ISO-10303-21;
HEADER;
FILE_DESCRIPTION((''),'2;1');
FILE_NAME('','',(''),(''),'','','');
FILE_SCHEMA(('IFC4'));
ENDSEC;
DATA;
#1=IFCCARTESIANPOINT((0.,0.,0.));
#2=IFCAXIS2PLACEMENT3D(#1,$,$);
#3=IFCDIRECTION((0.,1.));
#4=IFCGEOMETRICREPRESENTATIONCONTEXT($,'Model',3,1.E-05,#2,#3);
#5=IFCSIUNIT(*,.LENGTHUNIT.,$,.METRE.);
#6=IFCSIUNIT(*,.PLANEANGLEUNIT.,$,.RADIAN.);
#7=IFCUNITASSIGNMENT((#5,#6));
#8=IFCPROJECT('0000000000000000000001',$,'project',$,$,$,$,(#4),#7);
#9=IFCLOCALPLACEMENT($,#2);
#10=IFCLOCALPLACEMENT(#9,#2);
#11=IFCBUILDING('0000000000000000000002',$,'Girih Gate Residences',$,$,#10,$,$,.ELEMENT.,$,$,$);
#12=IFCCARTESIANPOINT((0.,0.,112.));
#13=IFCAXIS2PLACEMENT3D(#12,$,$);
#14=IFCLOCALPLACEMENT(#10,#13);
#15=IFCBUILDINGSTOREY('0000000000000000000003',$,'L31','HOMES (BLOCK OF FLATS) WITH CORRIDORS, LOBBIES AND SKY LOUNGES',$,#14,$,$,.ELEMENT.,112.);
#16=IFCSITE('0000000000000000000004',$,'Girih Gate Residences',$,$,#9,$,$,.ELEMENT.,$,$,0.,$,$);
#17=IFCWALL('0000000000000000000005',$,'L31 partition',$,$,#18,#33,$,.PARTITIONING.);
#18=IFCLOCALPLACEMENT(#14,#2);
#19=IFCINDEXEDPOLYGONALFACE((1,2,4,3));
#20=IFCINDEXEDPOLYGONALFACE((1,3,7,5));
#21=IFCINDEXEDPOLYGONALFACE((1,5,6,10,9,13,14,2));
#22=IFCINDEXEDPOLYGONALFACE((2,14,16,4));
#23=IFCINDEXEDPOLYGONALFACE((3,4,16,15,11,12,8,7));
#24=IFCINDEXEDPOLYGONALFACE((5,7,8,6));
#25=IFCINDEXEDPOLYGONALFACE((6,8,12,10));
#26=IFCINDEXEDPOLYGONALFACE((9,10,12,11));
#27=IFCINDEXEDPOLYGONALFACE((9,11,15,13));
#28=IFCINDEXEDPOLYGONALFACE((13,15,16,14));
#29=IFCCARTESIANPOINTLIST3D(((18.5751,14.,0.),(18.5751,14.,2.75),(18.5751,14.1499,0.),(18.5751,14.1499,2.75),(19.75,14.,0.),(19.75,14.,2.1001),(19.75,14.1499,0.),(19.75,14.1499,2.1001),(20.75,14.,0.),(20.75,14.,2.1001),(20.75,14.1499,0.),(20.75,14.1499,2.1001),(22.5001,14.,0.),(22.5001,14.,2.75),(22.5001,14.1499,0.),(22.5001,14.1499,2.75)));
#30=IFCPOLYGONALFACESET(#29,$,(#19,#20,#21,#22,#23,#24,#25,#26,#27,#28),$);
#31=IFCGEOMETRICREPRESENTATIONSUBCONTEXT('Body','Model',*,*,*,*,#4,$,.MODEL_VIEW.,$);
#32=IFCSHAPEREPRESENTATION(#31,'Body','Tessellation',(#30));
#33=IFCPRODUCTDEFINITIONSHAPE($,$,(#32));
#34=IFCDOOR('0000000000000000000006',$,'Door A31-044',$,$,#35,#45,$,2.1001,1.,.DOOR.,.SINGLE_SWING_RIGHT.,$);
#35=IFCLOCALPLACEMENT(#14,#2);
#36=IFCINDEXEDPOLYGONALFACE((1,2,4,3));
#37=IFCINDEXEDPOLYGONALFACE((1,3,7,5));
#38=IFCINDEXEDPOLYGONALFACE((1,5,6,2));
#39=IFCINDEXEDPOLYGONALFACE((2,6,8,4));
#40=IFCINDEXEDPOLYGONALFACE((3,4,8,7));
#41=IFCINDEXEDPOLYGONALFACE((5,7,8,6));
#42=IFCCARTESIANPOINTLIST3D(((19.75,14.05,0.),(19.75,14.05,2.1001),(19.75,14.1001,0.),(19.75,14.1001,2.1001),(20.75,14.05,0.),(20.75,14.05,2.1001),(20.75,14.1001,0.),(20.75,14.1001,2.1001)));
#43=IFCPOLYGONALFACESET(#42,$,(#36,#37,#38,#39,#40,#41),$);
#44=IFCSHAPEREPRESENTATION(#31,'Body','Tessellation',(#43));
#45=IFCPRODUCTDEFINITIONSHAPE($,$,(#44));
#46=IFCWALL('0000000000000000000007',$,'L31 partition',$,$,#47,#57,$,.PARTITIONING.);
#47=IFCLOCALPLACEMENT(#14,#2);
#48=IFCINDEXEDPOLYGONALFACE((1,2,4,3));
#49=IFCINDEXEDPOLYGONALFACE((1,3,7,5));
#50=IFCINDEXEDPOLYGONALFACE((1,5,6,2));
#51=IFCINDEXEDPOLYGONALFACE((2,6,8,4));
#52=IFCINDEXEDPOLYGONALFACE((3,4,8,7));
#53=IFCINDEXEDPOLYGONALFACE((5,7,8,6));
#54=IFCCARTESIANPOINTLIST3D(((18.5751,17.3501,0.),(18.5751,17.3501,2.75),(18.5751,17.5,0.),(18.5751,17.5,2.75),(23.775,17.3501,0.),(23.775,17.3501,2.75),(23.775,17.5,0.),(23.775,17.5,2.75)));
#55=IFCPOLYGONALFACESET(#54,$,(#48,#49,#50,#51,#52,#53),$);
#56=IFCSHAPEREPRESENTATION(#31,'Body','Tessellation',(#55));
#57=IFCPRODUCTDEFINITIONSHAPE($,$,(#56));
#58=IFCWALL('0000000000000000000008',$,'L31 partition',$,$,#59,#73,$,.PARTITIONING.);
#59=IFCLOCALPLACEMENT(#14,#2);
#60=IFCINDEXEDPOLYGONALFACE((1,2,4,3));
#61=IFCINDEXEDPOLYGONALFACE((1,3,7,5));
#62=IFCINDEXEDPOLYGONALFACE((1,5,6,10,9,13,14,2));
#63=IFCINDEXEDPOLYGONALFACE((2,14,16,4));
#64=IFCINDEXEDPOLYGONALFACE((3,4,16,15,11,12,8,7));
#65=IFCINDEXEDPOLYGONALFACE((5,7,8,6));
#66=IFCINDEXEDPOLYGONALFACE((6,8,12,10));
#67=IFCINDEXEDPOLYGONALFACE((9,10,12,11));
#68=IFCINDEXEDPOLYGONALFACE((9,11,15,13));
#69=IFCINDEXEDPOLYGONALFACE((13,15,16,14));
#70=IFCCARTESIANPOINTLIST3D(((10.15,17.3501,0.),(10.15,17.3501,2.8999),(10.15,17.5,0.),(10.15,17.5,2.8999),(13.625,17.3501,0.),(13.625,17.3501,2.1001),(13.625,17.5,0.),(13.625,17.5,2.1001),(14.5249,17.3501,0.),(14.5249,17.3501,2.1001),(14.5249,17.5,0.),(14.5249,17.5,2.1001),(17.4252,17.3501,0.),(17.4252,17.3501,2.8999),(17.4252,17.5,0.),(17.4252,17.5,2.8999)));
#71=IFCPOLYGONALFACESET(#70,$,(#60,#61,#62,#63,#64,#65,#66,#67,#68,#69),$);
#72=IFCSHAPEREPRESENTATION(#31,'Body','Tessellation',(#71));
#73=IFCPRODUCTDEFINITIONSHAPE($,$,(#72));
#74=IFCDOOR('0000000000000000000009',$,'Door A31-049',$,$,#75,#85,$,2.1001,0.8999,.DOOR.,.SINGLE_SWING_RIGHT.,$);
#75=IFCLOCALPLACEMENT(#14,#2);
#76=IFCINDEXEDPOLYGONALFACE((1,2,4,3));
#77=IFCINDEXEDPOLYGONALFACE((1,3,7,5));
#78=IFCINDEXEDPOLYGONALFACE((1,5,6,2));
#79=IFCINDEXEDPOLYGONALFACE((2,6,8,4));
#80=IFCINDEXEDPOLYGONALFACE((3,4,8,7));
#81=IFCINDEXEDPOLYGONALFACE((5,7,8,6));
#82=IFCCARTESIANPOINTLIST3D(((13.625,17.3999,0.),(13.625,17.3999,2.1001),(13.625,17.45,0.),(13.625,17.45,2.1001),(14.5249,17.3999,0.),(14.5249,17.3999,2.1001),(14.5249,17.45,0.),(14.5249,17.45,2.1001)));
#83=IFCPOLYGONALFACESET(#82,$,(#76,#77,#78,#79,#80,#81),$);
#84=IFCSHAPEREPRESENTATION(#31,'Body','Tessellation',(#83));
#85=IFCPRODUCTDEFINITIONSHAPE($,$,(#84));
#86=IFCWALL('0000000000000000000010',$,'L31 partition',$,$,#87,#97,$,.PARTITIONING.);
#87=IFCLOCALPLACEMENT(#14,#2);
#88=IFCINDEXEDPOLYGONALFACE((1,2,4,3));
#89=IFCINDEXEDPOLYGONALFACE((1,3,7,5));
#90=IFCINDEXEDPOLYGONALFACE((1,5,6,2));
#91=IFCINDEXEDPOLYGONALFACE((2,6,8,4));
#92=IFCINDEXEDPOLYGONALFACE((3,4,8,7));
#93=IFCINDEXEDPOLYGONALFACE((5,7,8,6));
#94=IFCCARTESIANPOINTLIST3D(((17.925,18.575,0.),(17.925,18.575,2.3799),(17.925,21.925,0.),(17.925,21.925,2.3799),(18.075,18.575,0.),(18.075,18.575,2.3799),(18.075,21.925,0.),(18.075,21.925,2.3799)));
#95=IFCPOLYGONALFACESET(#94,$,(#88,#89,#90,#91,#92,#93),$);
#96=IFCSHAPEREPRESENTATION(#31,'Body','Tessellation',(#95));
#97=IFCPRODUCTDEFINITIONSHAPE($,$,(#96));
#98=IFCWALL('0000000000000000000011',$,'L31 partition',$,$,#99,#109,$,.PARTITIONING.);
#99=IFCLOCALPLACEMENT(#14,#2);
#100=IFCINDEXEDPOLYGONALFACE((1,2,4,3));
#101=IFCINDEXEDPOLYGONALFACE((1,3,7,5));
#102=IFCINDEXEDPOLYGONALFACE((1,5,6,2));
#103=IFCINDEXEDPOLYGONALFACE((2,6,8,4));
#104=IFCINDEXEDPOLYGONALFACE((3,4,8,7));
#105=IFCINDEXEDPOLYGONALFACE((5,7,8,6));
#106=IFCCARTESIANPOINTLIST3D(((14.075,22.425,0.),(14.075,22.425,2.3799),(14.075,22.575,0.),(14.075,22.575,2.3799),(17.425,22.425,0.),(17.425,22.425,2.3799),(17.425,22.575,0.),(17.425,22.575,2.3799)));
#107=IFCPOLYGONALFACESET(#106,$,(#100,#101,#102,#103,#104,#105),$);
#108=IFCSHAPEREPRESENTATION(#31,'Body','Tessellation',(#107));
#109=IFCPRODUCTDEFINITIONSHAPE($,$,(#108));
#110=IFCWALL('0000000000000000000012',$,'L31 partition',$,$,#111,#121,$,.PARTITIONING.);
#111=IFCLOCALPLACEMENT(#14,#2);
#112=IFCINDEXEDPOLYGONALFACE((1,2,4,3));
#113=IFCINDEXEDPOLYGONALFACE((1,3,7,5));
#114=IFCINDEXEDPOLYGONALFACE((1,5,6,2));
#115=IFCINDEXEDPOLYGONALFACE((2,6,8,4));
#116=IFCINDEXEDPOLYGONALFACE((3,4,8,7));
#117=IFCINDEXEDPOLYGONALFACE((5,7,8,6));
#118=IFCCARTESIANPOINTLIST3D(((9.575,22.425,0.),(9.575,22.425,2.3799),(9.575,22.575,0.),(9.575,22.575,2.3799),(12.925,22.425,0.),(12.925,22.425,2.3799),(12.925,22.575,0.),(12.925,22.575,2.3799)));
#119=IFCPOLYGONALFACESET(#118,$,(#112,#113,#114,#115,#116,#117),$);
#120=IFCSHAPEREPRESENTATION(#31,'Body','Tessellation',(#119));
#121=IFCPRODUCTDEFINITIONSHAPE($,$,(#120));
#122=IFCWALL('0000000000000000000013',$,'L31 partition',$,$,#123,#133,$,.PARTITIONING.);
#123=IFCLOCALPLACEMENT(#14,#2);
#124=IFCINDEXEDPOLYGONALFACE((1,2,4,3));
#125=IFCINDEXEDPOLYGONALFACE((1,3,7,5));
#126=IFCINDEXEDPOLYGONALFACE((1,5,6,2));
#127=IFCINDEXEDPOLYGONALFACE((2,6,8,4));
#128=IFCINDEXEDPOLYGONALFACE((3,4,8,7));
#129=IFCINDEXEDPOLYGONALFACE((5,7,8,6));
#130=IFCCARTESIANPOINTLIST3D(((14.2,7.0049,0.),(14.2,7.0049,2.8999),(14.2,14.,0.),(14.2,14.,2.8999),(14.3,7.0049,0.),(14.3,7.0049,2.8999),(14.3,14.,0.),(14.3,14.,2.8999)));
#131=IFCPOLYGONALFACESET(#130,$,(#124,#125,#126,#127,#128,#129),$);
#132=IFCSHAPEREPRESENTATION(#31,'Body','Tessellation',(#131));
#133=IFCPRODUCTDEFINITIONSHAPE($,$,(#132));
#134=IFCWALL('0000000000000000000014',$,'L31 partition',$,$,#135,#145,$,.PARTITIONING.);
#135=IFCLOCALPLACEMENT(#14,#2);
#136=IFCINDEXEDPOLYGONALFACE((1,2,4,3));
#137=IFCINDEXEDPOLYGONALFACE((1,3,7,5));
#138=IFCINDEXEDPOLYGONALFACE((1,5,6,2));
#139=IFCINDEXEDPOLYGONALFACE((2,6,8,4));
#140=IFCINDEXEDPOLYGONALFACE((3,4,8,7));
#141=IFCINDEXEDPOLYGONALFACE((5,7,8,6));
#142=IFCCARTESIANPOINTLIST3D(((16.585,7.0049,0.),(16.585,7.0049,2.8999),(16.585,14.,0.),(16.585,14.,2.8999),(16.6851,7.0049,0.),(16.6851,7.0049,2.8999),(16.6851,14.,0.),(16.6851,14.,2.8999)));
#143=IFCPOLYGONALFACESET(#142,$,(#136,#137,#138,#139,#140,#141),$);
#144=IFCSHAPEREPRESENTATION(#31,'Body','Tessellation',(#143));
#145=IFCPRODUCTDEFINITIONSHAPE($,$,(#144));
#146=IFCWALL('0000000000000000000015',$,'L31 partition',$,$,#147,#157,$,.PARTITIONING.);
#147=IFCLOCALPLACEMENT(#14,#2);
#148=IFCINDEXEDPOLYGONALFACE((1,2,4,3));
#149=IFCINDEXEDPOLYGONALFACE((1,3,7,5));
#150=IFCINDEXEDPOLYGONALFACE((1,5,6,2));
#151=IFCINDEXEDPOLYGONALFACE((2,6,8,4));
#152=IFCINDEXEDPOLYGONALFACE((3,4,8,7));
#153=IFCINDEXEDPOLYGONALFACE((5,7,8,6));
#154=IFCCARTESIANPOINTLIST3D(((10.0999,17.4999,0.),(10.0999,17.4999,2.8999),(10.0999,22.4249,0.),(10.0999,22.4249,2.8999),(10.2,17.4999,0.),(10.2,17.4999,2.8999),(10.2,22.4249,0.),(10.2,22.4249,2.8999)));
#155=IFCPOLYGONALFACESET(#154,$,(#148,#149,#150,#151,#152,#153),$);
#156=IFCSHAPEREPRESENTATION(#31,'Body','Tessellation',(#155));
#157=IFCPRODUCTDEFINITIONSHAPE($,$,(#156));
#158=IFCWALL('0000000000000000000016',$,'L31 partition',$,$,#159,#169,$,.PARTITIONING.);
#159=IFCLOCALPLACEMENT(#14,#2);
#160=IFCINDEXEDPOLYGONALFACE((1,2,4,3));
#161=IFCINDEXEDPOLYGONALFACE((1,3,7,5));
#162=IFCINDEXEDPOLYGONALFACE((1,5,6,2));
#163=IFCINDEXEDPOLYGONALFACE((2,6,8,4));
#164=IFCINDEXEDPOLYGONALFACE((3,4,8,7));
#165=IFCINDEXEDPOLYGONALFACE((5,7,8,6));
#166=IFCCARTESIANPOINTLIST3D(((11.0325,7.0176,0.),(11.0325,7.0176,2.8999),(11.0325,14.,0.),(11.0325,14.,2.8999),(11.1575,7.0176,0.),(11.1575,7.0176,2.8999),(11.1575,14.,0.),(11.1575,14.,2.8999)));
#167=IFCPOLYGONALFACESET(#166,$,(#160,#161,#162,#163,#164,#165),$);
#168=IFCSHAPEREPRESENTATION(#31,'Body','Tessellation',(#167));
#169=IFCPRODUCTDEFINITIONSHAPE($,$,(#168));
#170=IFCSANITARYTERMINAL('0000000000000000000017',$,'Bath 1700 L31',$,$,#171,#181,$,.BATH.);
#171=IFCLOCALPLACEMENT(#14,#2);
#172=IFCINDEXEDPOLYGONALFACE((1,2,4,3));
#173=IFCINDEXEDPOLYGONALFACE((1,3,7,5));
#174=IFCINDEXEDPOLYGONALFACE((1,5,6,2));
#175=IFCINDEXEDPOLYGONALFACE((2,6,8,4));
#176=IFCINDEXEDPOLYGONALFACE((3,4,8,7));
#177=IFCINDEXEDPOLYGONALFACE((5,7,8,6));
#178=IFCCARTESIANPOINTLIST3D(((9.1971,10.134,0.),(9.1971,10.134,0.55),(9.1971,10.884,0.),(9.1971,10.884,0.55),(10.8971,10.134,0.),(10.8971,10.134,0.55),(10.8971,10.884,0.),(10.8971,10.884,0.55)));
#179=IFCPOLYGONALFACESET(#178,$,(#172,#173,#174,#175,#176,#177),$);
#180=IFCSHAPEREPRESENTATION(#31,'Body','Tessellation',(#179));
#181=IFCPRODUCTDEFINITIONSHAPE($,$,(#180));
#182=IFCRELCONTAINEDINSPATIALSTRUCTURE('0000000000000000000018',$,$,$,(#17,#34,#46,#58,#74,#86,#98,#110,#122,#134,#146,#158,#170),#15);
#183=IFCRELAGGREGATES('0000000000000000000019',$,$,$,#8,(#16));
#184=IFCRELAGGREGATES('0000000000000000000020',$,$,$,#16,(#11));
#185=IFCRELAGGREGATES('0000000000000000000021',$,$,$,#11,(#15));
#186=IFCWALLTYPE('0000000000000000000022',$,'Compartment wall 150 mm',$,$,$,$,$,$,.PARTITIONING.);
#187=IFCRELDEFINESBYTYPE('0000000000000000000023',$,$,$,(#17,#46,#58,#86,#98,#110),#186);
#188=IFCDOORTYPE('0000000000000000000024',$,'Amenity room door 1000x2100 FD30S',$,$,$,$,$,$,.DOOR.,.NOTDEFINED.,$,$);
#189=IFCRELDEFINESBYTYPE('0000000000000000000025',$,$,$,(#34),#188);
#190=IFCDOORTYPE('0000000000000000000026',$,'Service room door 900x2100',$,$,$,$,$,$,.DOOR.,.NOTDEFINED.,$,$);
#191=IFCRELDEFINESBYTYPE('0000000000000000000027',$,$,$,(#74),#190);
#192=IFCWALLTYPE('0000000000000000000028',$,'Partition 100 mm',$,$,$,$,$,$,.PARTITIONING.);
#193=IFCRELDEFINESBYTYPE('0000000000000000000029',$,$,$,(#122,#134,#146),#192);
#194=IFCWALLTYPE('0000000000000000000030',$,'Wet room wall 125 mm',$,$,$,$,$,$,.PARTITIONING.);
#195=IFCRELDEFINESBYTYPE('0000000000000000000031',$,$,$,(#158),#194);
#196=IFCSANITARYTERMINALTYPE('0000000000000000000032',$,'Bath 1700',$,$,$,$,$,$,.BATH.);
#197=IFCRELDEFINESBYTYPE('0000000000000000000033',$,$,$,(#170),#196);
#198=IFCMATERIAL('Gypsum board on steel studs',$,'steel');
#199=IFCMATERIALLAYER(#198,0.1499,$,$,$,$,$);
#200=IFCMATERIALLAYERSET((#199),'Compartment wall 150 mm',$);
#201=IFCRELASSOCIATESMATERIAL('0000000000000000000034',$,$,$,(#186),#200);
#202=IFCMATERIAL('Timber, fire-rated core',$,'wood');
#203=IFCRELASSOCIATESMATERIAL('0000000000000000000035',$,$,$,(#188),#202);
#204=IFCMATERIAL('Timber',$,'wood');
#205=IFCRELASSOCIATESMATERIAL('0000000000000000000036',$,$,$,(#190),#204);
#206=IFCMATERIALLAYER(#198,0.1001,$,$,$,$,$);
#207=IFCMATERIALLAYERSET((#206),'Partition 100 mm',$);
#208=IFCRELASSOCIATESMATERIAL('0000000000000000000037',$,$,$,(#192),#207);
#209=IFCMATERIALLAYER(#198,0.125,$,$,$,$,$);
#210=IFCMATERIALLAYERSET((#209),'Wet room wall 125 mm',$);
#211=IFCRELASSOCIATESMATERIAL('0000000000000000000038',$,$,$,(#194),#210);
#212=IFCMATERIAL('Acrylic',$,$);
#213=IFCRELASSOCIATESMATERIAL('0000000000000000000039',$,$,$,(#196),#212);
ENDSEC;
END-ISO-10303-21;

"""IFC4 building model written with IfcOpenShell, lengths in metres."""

from ifc_helpers import new_model, si_unit, direction, frame, frame_2d, origin, origin_2d, place, context, subcontext, project, spatial, rectangle, extrude, material, layer, layer_set, type_object, element, fill, save


model = new_model("IFC4")

# Units and contexts
model_context = context("Model", 3, precision=1e-05, world=origin(), true_north=direction((0.0, 1.0)))
body_context = subcontext(model_context, "Body", "Model", "MODEL_VIEW")
ifc_project = project(units=[si_unit("LENGTHUNIT", "METRE"), si_unit("PLANEANGLEUNIT", "RADIAN")], contexts=[model_context])

# Site, building, storey
site_placement = place(None, origin())
site = spatial("IfcSite", under=ifc_project, at=site_placement, Name="Girih Gate Residences", CompositionType="ELEMENT", RefElevation=0.0)
building_placement = place(site_placement, origin())
building = spatial("IfcBuilding", under=site, at=building_placement, Name="Girih Gate Residences", CompositionType="ELEMENT")
storey_placement = place(building_placement, frame((0.0, 0.0, 112.0)))
storey = spatial("IfcBuildingStorey", under=building, at=storey_placement, Name="L31", Description="HOMES (BLOCK OF FLATS) WITH CORRIDORS, LOBBIES AND SKY LOUNGES", CompositionType="ELEMENT", Elevation=112.0)

# Shared definitions
ifc_material_1 = material(Name="Gypsum board on steel studs", Category="steel")

# Shared definitions
ifc_layer_1 = layer(ifc_material_1, 0.1499)
ifc_layer_set_1 = layer_set([ifc_layer_1], Name="Compartment wall 150 mm")
wall_type_1 = type_object("IfcWallType", Name="Compartment wall 150 mm", PredefinedType="PARTITIONING", material=ifc_layer_set_1)
ifc_material_2 = material(Name="Timber, fire-rated core", Category="wood")

# Wall, opening, door
wall_1_placement = place(storey_placement, frame((22.5, 14.075, 0.0), z_axis=(0.0, 0.0, 1.0), x_axis=(-1.0, 0.0, 0.0)))
wall_1 = element("IfcWall", 1, at=wall_1_placement, inside=storey, type_object=wall_type_1, Name="L31 partition", PredefinedType="PARTITIONING", context=body_context, shape_type="SweptSolid", body=[
    extrude(rectangle(XDim=3.925, YDim=0.1499, at=frame_2d((1.9624, 0.0))), origin(), (0.0, 0.0, 1.0), 2.75),
])
opening_1_placement = place(wall_1_placement, frame((1.75, 0.0, 0.0)))
opening_1 = element("IfcOpeningElement", 2, at=opening_1_placement, cuts=wall_1, PredefinedType="OPENING", context=body_context, shape_type="SweptSolid", body=[
    extrude(rectangle(XDim=1.0, YDim=2.1001, at=frame_2d((0.5, 1.05))), frame((0.0, 0.085, 0.0), z_axis=(0.0, -1.0, 0.0), x_axis=(1.0, 0.0, 0.0)), (0.0, 0.0, 1.0), 0.1699),
])
door_type_1 = type_object("IfcDoorType", Name="Amenity room door 1000x2100 FD30S", OperationType="NOTDEFINED", PredefinedType="DOOR", material=ifc_material_2)
door_1_placement = place(opening_1_placement, origin())
door_1 = element("IfcDoor", 3, at=door_1_placement, inside=storey, type_object=door_type_1, Name="Door A31-044", OperationType="SINGLE_SWING_RIGHT", OverallHeight=2.1001, OverallWidth=1.0, PredefinedType="DOOR", context=body_context, shape_type="SweptSolid", body=[
    extrude(rectangle(XDim=1.0, YDim=2.1001, at=frame_2d((0.5, 1.05))), frame((0.0, 0.0249, 0.0), z_axis=(0.0, -1.0, 0.0), x_axis=(1.0, 0.0, 0.0)), (0.0, 0.0, 1.0), 0.05),
])
fill(opening_1, door_1)

# Wall
wall_2_placement = place(storey_placement, frame((18.575, 17.425, 0.0), z_axis=(0.0, 0.0, 1.0), x_axis=(1.0, 0.0, 0.0)))
element("IfcWall", 4, at=wall_2_placement, inside=storey, type_object=wall_type_1, Name="L31 partition", PredefinedType="PARTITIONING", context=body_context, shape_type="SweptSolid", body=[
    extrude(rectangle(XDim=5.2, YDim=0.1499, at=frame_2d((2.6001, 0.0))), origin(), (0.0, 0.0, 1.0), 2.75),
])

# Wall, opening, door
wall_3_placement = place(storey_placement, frame((10.1499, 17.425, 0.0), z_axis=(0.0, 0.0, 1.0), x_axis=(1.0, 0.0, 0.0)))
wall_3 = element("IfcWall", 5, at=wall_3_placement, inside=storey, type_object=wall_type_1, Name="L31 partition", PredefinedType="PARTITIONING", context=body_context, shape_type="SweptSolid", body=[
    extrude(rectangle(XDim=7.2751, YDim=0.1499, at=frame_2d((3.6377, 0.0))), origin(), (0.0, 0.0, 1.0), 2.8999),
])
opening_2_placement = place(wall_3_placement, frame((3.4751, 0.0, 0.0)))
opening_2 = element("IfcOpeningElement", 6, at=opening_2_placement, cuts=wall_3, PredefinedType="OPENING", context=body_context, shape_type="SweptSolid", body=[
    extrude(rectangle(XDim=0.8999, YDim=2.1001, at=frame_2d((0.45, 1.05))), frame((0.0, 0.085, 0.0), z_axis=(0.0, -1.0, 0.0), x_axis=(1.0, 0.0, 0.0)), (0.0, 0.0, 1.0), 0.1699),
])
ifc_material_3 = material(Name="Timber", Category="wood")
door_type_2 = type_object("IfcDoorType", Name="Service room door 900x2100", OperationType="NOTDEFINED", PredefinedType="DOOR", material=ifc_material_3)
door_2_placement = place(opening_2_placement, origin())
door_2 = element("IfcDoor", 7, at=door_2_placement, inside=storey, type_object=door_type_2, Name="Door A31-049", OperationType="SINGLE_SWING_RIGHT", OverallHeight=2.1001, OverallWidth=0.8999, PredefinedType="DOOR", context=body_context, shape_type="SweptSolid", body=[
    extrude(rectangle(XDim=0.8999, YDim=2.1001, at=frame_2d((0.45, 1.05))), frame((0.0, 0.0249, 0.0), z_axis=(0.0, -1.0, 0.0), x_axis=(1.0, 0.0, 0.0)), (0.0, 0.0, 1.0), 0.05),
])
fill(opening_2, door_2)

# Walls
for number, where, z_axis, x_axis, name in (
    (8, (18.0, 18.575, 0.0), (0.0, 0.0, 1.0), (0.0, 1.0, 0.0), "L31 partition"),
    (9, (14.075, 22.5, 0.0), (0.0, 0.0, 1.0), (1.0, 0.0, 0.0), "L31 partition"),
    (10, (9.575, 22.5, 0.0), (0.0, 0.0, 1.0), (1.0, 0.0, 0.0), "L31 partition"),
):
    element("IfcWall", number, at=place(storey_placement, frame(where, z_axis=z_axis, x_axis=x_axis)), inside=storey, type_object=wall_type_1, Name=name, PredefinedType="PARTITIONING", context=body_context, shape_type="SweptSolid", body=[
        extrude(rectangle(XDim=3.3501, YDim=0.1499, at=frame_2d((1.675, 0.0))), origin(), (0.0, 0.0, 1.0), 2.3799),
    ])
ifc_layer_2 = layer(ifc_material_1, 0.1001)
ifc_layer_set_2 = layer_set([ifc_layer_2], Name="Partition 100 mm")
wall_type_2 = type_object("IfcWallType", Name="Partition 100 mm", PredefinedType="PARTITIONING", material=ifc_layer_set_2)
for number, where, z_axis, x_axis, name in (
    (11, (14.25, 7.0049, 0.0), (0.0, 0.0, 1.0), (0.0, 1.0, 0.0), "L31 partition"),
    (12, (16.635, 7.0049, 0.0), (0.0, 0.0, 1.0), (0.0, 1.0, 0.0), "L31 partition"),
):
    element("IfcWall", number, at=place(storey_placement, frame(where, z_axis=z_axis, x_axis=x_axis)), inside=storey, type_object=wall_type_2, Name=name, PredefinedType="PARTITIONING", context=body_context, shape_type="SweptSolid", body=[
        extrude(rectangle(XDim=6.9951, YDim=0.1001, at=frame_2d((3.4976, 0.0))), origin(), (0.0, 0.0, 1.0), 2.8999),
    ])
wall_4_placement = place(storey_placement, frame((10.1499, 17.5, 0.0), z_axis=(0.0, 0.0, 1.0), x_axis=(0.0, 1.0, 0.0)))
element("IfcWall", 13, at=wall_4_placement, inside=storey, type_object=wall_type_2, Name="L31 partition", PredefinedType="PARTITIONING", context=body_context, shape_type="SweptSolid", body=[
    extrude(rectangle(XDim=4.925, YDim=0.1001, at=frame_2d((2.4624, 0.0))), origin(), (0.0, 0.0, 1.0), 2.8999),
])
ifc_layer_3 = layer(ifc_material_1, 0.125)
ifc_layer_set_3 = layer_set([ifc_layer_3], Name="Wet room wall 125 mm")
wall_type_3 = type_object("IfcWallType", Name="Wet room wall 125 mm", PredefinedType="PARTITIONING", material=ifc_layer_set_3)
wall_5_placement = place(storey_placement, frame((11.095, 7.0176, 0.0), z_axis=(0.0, 0.0, 1.0), x_axis=(0.0, 1.0, 0.0)))
element("IfcWall", 14, at=wall_5_placement, inside=storey, type_object=wall_type_3, Name="L31 partition", PredefinedType="PARTITIONING", context=body_context, shape_type="SweptSolid", body=[
    extrude(rectangle(XDim=6.9824, YDim=0.125, at=frame_2d((3.4912, 0.0))), origin(), (0.0, 0.0, 1.0), 2.8999),
])

# Sanitary terminal
ifc_material_4 = material(Name="Acrylic")
sanitary_terminal_type = type_object("IfcSanitaryTerminalType", Name="Bath 1700", PredefinedType="BATH", material=ifc_material_4)
sanitary_terminal_placement = place(storey_placement, frame((10.0471, 10.509, 0.0), z_axis=(0.0, 0.0, 1.0), x_axis=(1.0, 0.0, 0.0)))
element("IfcSanitaryTerminal", 15, at=sanitary_terminal_placement, inside=storey, type_object=sanitary_terminal_type, Name="Bath 1700 L31", PredefinedType="BATH", context=body_context, shape_type="SweptSolid", body=[
    extrude(rectangle(XDim=1.7, YDim=0.75, at=origin_2d()), origin(), (0.0, 0.0, 1.0), 0.55),
])

save(model, "model.ifc")
